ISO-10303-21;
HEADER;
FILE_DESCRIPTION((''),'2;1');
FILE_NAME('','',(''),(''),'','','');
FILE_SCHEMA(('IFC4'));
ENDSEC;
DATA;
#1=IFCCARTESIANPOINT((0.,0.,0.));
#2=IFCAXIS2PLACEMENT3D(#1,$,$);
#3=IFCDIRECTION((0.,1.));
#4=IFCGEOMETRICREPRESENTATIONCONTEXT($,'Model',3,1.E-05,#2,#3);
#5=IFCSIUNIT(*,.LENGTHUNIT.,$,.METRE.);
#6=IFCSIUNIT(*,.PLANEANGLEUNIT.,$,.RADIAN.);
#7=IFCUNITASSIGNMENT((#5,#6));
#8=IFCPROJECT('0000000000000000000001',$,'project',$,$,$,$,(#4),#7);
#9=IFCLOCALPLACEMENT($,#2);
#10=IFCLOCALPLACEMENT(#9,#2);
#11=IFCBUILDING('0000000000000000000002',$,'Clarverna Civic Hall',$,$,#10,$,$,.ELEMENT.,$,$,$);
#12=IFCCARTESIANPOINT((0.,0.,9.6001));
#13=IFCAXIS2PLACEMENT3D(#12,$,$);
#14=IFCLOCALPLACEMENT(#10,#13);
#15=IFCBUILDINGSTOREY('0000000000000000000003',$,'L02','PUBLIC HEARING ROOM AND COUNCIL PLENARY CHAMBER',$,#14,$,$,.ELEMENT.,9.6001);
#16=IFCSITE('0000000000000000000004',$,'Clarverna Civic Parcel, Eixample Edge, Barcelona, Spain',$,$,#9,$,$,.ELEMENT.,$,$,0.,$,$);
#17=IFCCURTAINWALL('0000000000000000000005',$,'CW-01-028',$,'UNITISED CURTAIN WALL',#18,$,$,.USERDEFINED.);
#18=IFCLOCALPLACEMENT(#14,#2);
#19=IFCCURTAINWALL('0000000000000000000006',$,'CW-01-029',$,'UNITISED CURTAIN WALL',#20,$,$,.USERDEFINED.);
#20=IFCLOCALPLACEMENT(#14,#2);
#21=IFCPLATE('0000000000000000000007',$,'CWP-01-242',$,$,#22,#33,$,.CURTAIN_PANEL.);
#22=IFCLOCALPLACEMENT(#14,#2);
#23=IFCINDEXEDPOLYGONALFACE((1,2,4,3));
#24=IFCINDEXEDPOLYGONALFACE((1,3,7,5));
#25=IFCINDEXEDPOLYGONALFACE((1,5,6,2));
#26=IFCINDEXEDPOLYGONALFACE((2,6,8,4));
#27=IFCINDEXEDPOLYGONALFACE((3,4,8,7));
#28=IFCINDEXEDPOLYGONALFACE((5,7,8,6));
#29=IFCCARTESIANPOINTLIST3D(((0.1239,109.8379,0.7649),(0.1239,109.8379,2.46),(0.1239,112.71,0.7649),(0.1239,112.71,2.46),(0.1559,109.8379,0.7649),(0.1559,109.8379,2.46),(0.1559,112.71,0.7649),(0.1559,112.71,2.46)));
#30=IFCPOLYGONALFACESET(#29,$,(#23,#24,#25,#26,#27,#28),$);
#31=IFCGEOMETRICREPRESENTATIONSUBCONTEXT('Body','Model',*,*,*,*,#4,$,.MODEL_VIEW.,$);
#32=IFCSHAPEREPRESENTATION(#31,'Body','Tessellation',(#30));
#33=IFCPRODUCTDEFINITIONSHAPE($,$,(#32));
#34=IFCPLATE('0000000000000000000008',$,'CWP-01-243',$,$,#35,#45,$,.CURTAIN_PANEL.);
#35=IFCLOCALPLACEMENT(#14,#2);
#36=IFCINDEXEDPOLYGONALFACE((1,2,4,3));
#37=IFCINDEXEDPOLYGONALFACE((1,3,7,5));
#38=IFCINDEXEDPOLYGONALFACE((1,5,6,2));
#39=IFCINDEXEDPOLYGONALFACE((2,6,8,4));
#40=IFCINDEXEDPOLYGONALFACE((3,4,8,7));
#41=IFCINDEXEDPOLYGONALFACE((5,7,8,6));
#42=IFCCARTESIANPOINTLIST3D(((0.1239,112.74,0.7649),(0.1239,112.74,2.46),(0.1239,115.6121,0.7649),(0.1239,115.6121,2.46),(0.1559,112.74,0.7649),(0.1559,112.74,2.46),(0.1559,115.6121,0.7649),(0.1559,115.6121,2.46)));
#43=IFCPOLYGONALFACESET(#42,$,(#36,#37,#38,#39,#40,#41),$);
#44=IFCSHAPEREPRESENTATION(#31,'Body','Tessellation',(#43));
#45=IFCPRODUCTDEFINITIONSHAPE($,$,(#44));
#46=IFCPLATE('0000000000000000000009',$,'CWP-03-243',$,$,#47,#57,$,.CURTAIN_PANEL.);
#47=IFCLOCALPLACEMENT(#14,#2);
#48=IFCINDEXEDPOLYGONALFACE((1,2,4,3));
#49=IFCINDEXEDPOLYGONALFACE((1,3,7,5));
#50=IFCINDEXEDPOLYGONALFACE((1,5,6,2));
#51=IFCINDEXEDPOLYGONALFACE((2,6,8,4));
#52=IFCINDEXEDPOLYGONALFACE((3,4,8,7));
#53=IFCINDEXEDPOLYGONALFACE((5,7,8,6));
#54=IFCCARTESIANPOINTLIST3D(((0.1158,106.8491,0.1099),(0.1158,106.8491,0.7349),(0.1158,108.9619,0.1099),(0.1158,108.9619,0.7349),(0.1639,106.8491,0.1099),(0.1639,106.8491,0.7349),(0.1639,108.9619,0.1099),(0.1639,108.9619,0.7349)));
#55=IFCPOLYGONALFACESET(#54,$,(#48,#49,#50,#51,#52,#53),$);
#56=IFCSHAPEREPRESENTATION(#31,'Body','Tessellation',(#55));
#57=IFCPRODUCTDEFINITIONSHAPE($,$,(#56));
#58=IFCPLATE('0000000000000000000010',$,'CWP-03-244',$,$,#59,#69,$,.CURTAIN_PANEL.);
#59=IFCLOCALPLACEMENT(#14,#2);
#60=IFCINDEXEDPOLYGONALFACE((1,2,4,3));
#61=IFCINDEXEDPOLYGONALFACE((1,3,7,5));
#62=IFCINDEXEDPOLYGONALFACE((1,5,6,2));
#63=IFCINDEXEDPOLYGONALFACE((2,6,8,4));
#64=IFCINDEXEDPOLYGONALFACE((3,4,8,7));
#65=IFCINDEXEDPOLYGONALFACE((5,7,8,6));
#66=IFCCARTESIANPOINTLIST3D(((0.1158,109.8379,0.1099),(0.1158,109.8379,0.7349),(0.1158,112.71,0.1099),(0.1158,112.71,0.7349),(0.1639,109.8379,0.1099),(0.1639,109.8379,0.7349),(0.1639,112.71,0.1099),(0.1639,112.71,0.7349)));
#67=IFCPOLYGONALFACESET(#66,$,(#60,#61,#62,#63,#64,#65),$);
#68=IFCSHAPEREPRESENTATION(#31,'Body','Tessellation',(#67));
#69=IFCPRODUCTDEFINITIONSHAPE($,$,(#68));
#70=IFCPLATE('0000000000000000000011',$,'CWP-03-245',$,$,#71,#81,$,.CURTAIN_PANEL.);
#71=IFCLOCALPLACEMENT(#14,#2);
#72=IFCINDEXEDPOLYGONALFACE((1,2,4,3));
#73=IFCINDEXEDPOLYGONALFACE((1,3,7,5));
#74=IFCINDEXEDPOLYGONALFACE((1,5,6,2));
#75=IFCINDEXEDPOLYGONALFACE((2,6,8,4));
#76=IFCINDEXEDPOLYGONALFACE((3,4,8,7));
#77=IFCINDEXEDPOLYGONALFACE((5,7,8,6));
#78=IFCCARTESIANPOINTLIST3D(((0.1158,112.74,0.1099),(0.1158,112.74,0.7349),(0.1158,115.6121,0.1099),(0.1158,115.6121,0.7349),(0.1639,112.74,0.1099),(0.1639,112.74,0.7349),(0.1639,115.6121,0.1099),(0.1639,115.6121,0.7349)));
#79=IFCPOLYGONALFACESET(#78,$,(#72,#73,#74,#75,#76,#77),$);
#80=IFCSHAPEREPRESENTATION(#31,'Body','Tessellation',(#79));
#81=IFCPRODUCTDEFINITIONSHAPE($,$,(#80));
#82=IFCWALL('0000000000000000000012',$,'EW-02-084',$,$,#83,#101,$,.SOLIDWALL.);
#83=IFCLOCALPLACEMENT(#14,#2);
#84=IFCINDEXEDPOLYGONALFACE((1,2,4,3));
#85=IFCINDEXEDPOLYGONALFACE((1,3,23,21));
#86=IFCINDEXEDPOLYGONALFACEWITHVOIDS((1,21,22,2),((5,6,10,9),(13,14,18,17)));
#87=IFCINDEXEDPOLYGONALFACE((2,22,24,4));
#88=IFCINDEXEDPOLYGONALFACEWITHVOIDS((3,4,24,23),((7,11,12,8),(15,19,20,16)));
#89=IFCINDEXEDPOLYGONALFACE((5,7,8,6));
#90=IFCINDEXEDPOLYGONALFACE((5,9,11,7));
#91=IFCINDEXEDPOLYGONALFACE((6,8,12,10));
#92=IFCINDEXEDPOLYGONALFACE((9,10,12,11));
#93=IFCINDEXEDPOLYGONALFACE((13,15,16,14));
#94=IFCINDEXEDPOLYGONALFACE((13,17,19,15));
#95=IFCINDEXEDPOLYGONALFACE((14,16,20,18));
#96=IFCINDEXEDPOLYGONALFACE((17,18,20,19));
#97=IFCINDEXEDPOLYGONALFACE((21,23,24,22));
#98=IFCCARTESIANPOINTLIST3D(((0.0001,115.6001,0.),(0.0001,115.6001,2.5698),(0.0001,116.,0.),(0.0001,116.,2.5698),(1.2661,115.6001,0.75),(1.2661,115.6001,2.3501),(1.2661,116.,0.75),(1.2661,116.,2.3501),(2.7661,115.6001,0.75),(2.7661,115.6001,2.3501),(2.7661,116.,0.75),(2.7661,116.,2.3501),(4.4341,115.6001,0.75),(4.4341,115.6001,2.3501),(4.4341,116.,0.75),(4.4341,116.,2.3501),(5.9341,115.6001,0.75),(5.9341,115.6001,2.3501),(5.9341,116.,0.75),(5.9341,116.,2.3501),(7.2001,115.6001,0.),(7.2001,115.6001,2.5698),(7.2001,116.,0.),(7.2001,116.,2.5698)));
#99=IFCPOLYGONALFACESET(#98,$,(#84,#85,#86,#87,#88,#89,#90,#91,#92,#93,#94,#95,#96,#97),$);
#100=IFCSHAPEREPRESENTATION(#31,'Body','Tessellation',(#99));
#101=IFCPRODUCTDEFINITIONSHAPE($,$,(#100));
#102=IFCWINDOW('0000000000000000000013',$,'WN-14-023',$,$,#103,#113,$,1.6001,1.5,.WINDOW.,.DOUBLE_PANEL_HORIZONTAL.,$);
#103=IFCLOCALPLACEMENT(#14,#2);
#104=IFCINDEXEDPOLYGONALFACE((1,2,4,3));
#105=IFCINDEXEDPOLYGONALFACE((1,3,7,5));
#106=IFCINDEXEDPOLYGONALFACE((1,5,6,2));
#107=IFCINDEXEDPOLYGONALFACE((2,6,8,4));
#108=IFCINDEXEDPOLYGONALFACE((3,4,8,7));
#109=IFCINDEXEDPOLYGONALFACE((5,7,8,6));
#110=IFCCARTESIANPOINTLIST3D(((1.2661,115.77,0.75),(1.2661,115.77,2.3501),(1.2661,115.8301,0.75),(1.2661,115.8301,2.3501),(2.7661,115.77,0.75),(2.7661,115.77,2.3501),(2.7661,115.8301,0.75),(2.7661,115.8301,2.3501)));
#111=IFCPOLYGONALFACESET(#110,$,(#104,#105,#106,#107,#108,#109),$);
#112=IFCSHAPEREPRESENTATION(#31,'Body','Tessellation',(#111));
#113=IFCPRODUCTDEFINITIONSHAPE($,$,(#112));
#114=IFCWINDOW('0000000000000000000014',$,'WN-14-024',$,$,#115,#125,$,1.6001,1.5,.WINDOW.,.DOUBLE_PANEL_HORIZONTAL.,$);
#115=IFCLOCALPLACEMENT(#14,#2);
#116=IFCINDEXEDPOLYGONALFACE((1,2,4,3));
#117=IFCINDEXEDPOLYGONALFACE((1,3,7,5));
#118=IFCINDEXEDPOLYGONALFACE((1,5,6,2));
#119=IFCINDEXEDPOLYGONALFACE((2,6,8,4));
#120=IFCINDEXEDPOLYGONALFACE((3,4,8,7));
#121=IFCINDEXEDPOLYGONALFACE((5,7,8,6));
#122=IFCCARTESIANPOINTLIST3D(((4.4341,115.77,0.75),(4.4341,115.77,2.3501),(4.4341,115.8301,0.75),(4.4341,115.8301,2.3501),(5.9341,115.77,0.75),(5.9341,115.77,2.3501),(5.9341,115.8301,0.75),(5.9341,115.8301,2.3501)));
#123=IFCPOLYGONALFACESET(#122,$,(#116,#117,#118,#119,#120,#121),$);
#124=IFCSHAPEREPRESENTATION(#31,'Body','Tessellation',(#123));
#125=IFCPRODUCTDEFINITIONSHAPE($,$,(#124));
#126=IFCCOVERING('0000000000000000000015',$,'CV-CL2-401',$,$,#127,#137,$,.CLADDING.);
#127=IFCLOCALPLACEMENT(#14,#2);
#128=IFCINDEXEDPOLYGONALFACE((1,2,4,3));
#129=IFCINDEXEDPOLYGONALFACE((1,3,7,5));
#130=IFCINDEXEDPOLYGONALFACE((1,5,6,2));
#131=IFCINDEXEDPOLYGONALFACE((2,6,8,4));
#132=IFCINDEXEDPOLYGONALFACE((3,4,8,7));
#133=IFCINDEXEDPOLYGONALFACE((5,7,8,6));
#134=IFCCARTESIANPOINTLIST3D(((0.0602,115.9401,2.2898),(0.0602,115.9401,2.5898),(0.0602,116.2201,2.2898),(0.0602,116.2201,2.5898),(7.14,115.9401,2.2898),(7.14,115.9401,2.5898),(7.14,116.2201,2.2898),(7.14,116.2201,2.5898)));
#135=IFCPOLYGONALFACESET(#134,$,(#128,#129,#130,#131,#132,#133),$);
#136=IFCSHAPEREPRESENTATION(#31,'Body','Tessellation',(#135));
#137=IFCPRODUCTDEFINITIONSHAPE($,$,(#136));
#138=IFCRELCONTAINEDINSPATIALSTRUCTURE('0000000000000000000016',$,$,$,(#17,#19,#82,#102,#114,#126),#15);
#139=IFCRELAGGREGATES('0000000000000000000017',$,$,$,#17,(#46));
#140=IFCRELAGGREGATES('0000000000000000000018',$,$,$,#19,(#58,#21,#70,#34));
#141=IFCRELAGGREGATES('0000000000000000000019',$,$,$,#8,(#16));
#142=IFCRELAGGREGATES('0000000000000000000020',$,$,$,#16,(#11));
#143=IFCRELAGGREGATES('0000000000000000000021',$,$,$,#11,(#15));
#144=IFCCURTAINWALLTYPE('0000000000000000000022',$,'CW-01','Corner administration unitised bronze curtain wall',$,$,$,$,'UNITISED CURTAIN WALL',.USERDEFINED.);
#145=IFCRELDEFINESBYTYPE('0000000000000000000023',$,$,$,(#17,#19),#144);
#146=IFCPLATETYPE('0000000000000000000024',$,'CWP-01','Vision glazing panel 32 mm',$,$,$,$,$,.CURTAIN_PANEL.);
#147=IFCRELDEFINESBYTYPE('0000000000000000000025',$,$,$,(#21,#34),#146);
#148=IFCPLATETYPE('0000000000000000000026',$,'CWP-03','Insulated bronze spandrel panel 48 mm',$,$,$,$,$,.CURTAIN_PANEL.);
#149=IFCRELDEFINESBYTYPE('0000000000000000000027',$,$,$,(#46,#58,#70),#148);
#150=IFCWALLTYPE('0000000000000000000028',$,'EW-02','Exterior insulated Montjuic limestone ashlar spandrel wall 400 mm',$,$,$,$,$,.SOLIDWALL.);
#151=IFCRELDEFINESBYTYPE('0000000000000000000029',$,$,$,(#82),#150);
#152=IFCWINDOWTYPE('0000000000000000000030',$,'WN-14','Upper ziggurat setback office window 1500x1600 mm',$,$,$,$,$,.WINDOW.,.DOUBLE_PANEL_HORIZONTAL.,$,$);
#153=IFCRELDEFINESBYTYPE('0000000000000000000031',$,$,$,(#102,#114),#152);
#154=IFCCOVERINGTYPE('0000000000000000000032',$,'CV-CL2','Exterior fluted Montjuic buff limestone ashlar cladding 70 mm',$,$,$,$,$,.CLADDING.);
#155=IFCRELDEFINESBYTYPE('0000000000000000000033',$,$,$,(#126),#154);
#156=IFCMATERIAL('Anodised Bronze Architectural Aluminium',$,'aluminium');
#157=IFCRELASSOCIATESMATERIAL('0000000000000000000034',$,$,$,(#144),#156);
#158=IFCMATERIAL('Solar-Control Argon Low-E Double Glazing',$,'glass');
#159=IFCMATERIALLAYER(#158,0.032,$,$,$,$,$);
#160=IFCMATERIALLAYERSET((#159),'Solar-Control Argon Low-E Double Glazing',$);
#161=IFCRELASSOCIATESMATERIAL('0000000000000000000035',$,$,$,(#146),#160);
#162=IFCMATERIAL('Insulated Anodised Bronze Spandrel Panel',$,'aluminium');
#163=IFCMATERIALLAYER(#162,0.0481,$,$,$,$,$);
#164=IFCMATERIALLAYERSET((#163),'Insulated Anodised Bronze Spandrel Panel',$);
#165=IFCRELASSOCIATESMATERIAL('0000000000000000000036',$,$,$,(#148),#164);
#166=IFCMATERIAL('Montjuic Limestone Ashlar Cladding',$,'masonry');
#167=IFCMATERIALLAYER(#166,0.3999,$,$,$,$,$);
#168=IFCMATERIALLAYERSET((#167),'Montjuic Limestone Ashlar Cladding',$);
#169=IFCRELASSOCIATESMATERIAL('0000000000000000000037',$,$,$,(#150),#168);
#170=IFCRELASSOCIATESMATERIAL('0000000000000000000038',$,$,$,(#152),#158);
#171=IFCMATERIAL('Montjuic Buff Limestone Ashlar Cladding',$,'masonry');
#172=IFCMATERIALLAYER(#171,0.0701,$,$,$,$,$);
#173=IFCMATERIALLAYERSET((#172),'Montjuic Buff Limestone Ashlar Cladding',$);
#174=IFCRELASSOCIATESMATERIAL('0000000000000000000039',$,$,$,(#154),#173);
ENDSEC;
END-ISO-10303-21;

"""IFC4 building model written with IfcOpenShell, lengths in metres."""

from ifc_helpers import new_model, si_unit, direction, frame, frame_2d, origin, place, context, subcontext, project, spatial, rectangle, extrude, material, layer, layer_set, type_object, element, fill, aggregate, save


model = new_model("IFC4")

# Units and contexts
model_context = context("Model", 3, precision=1e-05, world=origin(), true_north=direction((0.0, 1.0)))
body_context = subcontext(model_context, "Body", "Model", "MODEL_VIEW")
ifc_project = project(units=[si_unit("LENGTHUNIT", "METRE"), si_unit("PLANEANGLEUNIT", "RADIAN")], contexts=[model_context])

# Site, building, storey
site_placement = place(None, origin())
site = spatial("IfcSite", under=ifc_project, at=site_placement, Name="Clarverna Civic Parcel, Eixample Edge, Barcelona, Spain", CompositionType="ELEMENT", RefElevation=0.0)
building_placement = place(site_placement, origin())
building = spatial("IfcBuilding", under=site, at=building_placement, Name="Clarverna Civic Hall", CompositionType="ELEMENT")
storey_placement = place(building_placement, frame((0.0, 0.0, 9.6001)))
storey = spatial("IfcBuildingStorey", under=building, at=storey_placement, Name="L02", Description="PUBLIC HEARING ROOM AND COUNCIL PLENARY CHAMBER", CompositionType="ELEMENT", Elevation=9.6001)

# Curtain wall
ifc_material_1 = material(Name="Anodised Bronze Architectural Aluminium", Category="aluminium")
curtain_wall_type = type_object("IfcCurtainWallType", Name="CW-01", Description="Corner administration unitised bronze curtain wall", ElementType="UNITISED CURTAIN WALL", PredefinedType="USERDEFINED", material=ifc_material_1)
curtain_wall_1_placement = place(storey_placement, origin())
curtain_wall_1 = element("IfcCurtainWall", 1, at=curtain_wall_1_placement, inside=storey, type_object=curtain_wall_type, Name="CW-01-028", ObjectType="UNITISED CURTAIN WALL", PredefinedType="USERDEFINED")

# Curtain wall
curtain_wall_2_placement = place(storey_placement, origin())
curtain_wall_2 = element("IfcCurtainWall", 2, at=curtain_wall_2_placement, inside=storey, type_object=curtain_wall_type, Name="CW-01-029", ObjectType="UNITISED CURTAIN WALL", PredefinedType="USERDEFINED")

# Plates
ifc_material_2 = material(Name="Solar-Control Argon Low-E Double Glazing", Category="glass")
ifc_layer_1 = layer(ifc_material_2, 0.032)
ifc_layer_set_1 = layer_set([ifc_layer_1], Name="Solar-Control Argon Low-E Double Glazing")
plate_type_1 = type_object("IfcPlateType", Name="CWP-01", Description="Vision glazing panel 32 mm", PredefinedType="CURTAIN_PANEL", material=ifc_layer_set_1)
plate_1_placement = place(storey_placement, frame((0.1399, 109.8379, 0.7649), z_axis=(0.0, 0.0, 1.0), x_axis=(0.0, 1.0, 0.0)))
plate_1 = element("IfcPlate", 3, at=plate_1_placement, type_object=plate_type_1, Name="CWP-01-242", PredefinedType="CURTAIN_PANEL", context=body_context, shape_type="SweptSolid", body=[
    extrude(rectangle(XDim=2.8721, YDim=0.032, at=frame_2d((1.436, 0.0))), origin(), (0.0, 0.0, 1.0), 1.6951),
])
plate_2_placement = place(storey_placement, frame((0.1399, 112.74, 0.7649), z_axis=(0.0, 0.0, 1.0), x_axis=(0.0, 1.0, 0.0)))
plate_2 = element("IfcPlate", 4, at=plate_2_placement, type_object=plate_type_1, Name="CWP-01-243", PredefinedType="CURTAIN_PANEL", context=body_context, shape_type="SweptSolid", body=[
    extrude(rectangle(XDim=2.8721, YDim=0.032, at=frame_2d((1.436, 0.0))), origin(), (0.0, 0.0, 1.0), 1.6951),
])
ifc_material_3 = material(Name="Insulated Anodised Bronze Spandrel Panel", Category="aluminium")
ifc_layer_2 = layer(ifc_material_3, 0.0481)
ifc_layer_set_2 = layer_set([ifc_layer_2], Name="Insulated Anodised Bronze Spandrel Panel")
plate_type_2 = type_object("IfcPlateType", Name="CWP-03", Description="Insulated bronze spandrel panel 48 mm", PredefinedType="CURTAIN_PANEL", material=ifc_layer_set_2)
plate_3_placement = place(storey_placement, frame((0.1399, 106.8491, 0.1099), z_axis=(0.0, 0.0, 1.0), x_axis=(0.0, 1.0, 0.0)))
plate_3 = element("IfcPlate", 5, at=plate_3_placement, type_object=plate_type_2, Name="CWP-03-243", PredefinedType="CURTAIN_PANEL", context=body_context, shape_type="SweptSolid", body=[
    extrude(rectangle(XDim=2.1128, YDim=0.0481, at=frame_2d((1.0564, 0.0))), origin(), (0.0, 0.0, 1.0), 0.625),
])
aggregate(curtain_wall_1, [plate_3])
plate_4_placement = place(storey_placement, frame((0.1399, 109.8379, 0.1099), z_axis=(0.0, 0.0, 1.0), x_axis=(0.0, 1.0, 0.0)))
plate_4 = element("IfcPlate", 6, at=plate_4_placement, type_object=plate_type_2, Name="CWP-03-244", PredefinedType="CURTAIN_PANEL", context=body_context, shape_type="SweptSolid", body=[
    extrude(rectangle(XDim=2.8721, YDim=0.0481, at=frame_2d((1.436, 0.0))), origin(), (0.0, 0.0, 1.0), 0.625),
])
plate_5_placement = place(storey_placement, frame((0.1399, 112.74, 0.1099), z_axis=(0.0, 0.0, 1.0), x_axis=(0.0, 1.0, 0.0)))
plate_5 = element("IfcPlate", 7, at=plate_5_placement, type_object=plate_type_2, Name="CWP-03-245", PredefinedType="CURTAIN_PANEL", context=body_context, shape_type="SweptSolid", body=[
    extrude(rectangle(XDim=2.8721, YDim=0.0481, at=frame_2d((1.436, 0.0))), origin(), (0.0, 0.0, 1.0), 0.625),
])
aggregate(curtain_wall_2, [plate_4, plate_1, plate_5, plate_2])

# Wall, openings, windows
ifc_material_4 = material(Name="Montjuic Limestone Ashlar Cladding", Category="masonry")
ifc_layer_3 = layer(ifc_material_4, 0.3999)
ifc_layer_set_3 = layer_set([ifc_layer_3], Name="Montjuic Limestone Ashlar Cladding")
wall_type = type_object("IfcWallType", Name="EW-02", Description="Exterior insulated Montjuic limestone ashlar spandrel wall 400 mm", PredefinedType="SOLIDWALL", material=ifc_layer_set_3)
wall_placement = place(storey_placement, frame((0.0, 115.8, 0.0), z_axis=(0.0, 0.0, 1.0), x_axis=(1.0, 0.0, 0.0)))
wall = element("IfcWall", 8, at=wall_placement, inside=storey, type_object=wall_type, Name="EW-02-084", PredefinedType="SOLIDWALL", context=body_context, shape_type="SweptSolid", body=[
    extrude(rectangle(XDim=7.2, YDim=0.3999, at=frame_2d((3.6001, 0.0))), origin(), (0.0, 0.0, 1.0), 2.5698),
])
opening_1_placement = place(wall_placement, frame((1.2661, 0.0, 0.75)))
opening_1 = element("IfcOpeningElement", 9, at=opening_1_placement, cuts=wall, PredefinedType="OPENING", context=body_context, shape_type="SweptSolid", body=[
    extrude(rectangle(XDim=1.5, YDim=1.6001, at=frame_2d((0.75, 0.8))), frame((0.0, 0.21, 0.0), z_axis=(0.0, -1.0, 0.0), x_axis=(1.0, 0.0, 0.0)), (0.0, 0.0, 1.0), 0.4199),
])
opening_2_placement = place(wall_placement, frame((4.4341, 0.0, 0.75)))
opening_2 = element("IfcOpeningElement", 10, at=opening_2_placement, cuts=wall, PredefinedType="OPENING", context=body_context, shape_type="SweptSolid", body=[
    extrude(rectangle(XDim=1.5, YDim=1.6001, at=frame_2d((0.75, 0.8))), frame((0.0, 0.21, 0.0), z_axis=(0.0, -1.0, 0.0), x_axis=(1.0, 0.0, 0.0)), (0.0, 0.0, 1.0), 0.4199),
])
window_type = type_object("IfcWindowType", Name="WN-14", Description="Upper ziggurat setback office window 1500x1600 mm", PartitioningType="DOUBLE_PANEL_HORIZONTAL", PredefinedType="WINDOW", material=ifc_material_2)
window_1_placement = place(opening_1_placement, origin())
window_1 = element("IfcWindow", 11, at=window_1_placement, inside=storey, type_object=window_type, Name="WN-14-023", OverallHeight=1.6001, OverallWidth=1.5, PartitioningType="DOUBLE_PANEL_HORIZONTAL", PredefinedType="WINDOW", context=body_context, shape_type="SweptSolid", body=[
    extrude(rectangle(XDim=1.5, YDim=1.6001, at=frame_2d((0.75, 0.8))), frame((0.0, 0.03, 0.0), z_axis=(0.0, -1.0, 0.0), x_axis=(1.0, 0.0, 0.0)), (0.0, 0.0, 1.0), 0.0601),
])
fill(opening_1, window_1)
window_2_placement = place(opening_2_placement, origin())
window_2 = element("IfcWindow", 12, at=window_2_placement, inside=storey, type_object=window_type, Name="WN-14-024", OverallHeight=1.6001, OverallWidth=1.5, PartitioningType="DOUBLE_PANEL_HORIZONTAL", PredefinedType="WINDOW", context=body_context, shape_type="SweptSolid", body=[
    extrude(rectangle(XDim=1.5, YDim=1.6001, at=frame_2d((0.75, 0.8))), frame((0.0, 0.03, 0.0), z_axis=(0.0, -1.0, 0.0), x_axis=(1.0, 0.0, 0.0)), (0.0, 0.0, 1.0), 0.0601),
])
fill(opening_2, window_2)

# Covering
ifc_material_5 = material(Name="Montjuic Buff Limestone Ashlar Cladding", Category="masonry")
ifc_layer_4 = layer(ifc_material_5, 0.0701)
ifc_layer_set_4 = layer_set([ifc_layer_4], Name="Montjuic Buff Limestone Ashlar Cladding")
covering_type = type_object("IfcCoveringType", Name="CV-CL2", Description="Exterior fluted Montjuic buff limestone ashlar cladding 70 mm", PredefinedType="CLADDING", material=ifc_layer_set_4)
covering_placement = place(storey_placement, frame((0.0601, 116.0801, 2.2898), z_axis=(0.0, 0.0, 1.0), x_axis=(1.0, 0.0, 0.0)))
element("IfcCovering", 13, at=covering_placement, inside=storey, type_object=covering_type, Name="CV-CL2-401", PredefinedType="CLADDING", context=body_context, shape_type="SweptSolid", body=[
    extrude(rectangle(XDim=7.0798, YDim=0.28, at=frame_2d((3.54, 0.0))), origin(), (0.0, 0.0, 1.0), 0.3),
])

save(model, "model.ifc")
